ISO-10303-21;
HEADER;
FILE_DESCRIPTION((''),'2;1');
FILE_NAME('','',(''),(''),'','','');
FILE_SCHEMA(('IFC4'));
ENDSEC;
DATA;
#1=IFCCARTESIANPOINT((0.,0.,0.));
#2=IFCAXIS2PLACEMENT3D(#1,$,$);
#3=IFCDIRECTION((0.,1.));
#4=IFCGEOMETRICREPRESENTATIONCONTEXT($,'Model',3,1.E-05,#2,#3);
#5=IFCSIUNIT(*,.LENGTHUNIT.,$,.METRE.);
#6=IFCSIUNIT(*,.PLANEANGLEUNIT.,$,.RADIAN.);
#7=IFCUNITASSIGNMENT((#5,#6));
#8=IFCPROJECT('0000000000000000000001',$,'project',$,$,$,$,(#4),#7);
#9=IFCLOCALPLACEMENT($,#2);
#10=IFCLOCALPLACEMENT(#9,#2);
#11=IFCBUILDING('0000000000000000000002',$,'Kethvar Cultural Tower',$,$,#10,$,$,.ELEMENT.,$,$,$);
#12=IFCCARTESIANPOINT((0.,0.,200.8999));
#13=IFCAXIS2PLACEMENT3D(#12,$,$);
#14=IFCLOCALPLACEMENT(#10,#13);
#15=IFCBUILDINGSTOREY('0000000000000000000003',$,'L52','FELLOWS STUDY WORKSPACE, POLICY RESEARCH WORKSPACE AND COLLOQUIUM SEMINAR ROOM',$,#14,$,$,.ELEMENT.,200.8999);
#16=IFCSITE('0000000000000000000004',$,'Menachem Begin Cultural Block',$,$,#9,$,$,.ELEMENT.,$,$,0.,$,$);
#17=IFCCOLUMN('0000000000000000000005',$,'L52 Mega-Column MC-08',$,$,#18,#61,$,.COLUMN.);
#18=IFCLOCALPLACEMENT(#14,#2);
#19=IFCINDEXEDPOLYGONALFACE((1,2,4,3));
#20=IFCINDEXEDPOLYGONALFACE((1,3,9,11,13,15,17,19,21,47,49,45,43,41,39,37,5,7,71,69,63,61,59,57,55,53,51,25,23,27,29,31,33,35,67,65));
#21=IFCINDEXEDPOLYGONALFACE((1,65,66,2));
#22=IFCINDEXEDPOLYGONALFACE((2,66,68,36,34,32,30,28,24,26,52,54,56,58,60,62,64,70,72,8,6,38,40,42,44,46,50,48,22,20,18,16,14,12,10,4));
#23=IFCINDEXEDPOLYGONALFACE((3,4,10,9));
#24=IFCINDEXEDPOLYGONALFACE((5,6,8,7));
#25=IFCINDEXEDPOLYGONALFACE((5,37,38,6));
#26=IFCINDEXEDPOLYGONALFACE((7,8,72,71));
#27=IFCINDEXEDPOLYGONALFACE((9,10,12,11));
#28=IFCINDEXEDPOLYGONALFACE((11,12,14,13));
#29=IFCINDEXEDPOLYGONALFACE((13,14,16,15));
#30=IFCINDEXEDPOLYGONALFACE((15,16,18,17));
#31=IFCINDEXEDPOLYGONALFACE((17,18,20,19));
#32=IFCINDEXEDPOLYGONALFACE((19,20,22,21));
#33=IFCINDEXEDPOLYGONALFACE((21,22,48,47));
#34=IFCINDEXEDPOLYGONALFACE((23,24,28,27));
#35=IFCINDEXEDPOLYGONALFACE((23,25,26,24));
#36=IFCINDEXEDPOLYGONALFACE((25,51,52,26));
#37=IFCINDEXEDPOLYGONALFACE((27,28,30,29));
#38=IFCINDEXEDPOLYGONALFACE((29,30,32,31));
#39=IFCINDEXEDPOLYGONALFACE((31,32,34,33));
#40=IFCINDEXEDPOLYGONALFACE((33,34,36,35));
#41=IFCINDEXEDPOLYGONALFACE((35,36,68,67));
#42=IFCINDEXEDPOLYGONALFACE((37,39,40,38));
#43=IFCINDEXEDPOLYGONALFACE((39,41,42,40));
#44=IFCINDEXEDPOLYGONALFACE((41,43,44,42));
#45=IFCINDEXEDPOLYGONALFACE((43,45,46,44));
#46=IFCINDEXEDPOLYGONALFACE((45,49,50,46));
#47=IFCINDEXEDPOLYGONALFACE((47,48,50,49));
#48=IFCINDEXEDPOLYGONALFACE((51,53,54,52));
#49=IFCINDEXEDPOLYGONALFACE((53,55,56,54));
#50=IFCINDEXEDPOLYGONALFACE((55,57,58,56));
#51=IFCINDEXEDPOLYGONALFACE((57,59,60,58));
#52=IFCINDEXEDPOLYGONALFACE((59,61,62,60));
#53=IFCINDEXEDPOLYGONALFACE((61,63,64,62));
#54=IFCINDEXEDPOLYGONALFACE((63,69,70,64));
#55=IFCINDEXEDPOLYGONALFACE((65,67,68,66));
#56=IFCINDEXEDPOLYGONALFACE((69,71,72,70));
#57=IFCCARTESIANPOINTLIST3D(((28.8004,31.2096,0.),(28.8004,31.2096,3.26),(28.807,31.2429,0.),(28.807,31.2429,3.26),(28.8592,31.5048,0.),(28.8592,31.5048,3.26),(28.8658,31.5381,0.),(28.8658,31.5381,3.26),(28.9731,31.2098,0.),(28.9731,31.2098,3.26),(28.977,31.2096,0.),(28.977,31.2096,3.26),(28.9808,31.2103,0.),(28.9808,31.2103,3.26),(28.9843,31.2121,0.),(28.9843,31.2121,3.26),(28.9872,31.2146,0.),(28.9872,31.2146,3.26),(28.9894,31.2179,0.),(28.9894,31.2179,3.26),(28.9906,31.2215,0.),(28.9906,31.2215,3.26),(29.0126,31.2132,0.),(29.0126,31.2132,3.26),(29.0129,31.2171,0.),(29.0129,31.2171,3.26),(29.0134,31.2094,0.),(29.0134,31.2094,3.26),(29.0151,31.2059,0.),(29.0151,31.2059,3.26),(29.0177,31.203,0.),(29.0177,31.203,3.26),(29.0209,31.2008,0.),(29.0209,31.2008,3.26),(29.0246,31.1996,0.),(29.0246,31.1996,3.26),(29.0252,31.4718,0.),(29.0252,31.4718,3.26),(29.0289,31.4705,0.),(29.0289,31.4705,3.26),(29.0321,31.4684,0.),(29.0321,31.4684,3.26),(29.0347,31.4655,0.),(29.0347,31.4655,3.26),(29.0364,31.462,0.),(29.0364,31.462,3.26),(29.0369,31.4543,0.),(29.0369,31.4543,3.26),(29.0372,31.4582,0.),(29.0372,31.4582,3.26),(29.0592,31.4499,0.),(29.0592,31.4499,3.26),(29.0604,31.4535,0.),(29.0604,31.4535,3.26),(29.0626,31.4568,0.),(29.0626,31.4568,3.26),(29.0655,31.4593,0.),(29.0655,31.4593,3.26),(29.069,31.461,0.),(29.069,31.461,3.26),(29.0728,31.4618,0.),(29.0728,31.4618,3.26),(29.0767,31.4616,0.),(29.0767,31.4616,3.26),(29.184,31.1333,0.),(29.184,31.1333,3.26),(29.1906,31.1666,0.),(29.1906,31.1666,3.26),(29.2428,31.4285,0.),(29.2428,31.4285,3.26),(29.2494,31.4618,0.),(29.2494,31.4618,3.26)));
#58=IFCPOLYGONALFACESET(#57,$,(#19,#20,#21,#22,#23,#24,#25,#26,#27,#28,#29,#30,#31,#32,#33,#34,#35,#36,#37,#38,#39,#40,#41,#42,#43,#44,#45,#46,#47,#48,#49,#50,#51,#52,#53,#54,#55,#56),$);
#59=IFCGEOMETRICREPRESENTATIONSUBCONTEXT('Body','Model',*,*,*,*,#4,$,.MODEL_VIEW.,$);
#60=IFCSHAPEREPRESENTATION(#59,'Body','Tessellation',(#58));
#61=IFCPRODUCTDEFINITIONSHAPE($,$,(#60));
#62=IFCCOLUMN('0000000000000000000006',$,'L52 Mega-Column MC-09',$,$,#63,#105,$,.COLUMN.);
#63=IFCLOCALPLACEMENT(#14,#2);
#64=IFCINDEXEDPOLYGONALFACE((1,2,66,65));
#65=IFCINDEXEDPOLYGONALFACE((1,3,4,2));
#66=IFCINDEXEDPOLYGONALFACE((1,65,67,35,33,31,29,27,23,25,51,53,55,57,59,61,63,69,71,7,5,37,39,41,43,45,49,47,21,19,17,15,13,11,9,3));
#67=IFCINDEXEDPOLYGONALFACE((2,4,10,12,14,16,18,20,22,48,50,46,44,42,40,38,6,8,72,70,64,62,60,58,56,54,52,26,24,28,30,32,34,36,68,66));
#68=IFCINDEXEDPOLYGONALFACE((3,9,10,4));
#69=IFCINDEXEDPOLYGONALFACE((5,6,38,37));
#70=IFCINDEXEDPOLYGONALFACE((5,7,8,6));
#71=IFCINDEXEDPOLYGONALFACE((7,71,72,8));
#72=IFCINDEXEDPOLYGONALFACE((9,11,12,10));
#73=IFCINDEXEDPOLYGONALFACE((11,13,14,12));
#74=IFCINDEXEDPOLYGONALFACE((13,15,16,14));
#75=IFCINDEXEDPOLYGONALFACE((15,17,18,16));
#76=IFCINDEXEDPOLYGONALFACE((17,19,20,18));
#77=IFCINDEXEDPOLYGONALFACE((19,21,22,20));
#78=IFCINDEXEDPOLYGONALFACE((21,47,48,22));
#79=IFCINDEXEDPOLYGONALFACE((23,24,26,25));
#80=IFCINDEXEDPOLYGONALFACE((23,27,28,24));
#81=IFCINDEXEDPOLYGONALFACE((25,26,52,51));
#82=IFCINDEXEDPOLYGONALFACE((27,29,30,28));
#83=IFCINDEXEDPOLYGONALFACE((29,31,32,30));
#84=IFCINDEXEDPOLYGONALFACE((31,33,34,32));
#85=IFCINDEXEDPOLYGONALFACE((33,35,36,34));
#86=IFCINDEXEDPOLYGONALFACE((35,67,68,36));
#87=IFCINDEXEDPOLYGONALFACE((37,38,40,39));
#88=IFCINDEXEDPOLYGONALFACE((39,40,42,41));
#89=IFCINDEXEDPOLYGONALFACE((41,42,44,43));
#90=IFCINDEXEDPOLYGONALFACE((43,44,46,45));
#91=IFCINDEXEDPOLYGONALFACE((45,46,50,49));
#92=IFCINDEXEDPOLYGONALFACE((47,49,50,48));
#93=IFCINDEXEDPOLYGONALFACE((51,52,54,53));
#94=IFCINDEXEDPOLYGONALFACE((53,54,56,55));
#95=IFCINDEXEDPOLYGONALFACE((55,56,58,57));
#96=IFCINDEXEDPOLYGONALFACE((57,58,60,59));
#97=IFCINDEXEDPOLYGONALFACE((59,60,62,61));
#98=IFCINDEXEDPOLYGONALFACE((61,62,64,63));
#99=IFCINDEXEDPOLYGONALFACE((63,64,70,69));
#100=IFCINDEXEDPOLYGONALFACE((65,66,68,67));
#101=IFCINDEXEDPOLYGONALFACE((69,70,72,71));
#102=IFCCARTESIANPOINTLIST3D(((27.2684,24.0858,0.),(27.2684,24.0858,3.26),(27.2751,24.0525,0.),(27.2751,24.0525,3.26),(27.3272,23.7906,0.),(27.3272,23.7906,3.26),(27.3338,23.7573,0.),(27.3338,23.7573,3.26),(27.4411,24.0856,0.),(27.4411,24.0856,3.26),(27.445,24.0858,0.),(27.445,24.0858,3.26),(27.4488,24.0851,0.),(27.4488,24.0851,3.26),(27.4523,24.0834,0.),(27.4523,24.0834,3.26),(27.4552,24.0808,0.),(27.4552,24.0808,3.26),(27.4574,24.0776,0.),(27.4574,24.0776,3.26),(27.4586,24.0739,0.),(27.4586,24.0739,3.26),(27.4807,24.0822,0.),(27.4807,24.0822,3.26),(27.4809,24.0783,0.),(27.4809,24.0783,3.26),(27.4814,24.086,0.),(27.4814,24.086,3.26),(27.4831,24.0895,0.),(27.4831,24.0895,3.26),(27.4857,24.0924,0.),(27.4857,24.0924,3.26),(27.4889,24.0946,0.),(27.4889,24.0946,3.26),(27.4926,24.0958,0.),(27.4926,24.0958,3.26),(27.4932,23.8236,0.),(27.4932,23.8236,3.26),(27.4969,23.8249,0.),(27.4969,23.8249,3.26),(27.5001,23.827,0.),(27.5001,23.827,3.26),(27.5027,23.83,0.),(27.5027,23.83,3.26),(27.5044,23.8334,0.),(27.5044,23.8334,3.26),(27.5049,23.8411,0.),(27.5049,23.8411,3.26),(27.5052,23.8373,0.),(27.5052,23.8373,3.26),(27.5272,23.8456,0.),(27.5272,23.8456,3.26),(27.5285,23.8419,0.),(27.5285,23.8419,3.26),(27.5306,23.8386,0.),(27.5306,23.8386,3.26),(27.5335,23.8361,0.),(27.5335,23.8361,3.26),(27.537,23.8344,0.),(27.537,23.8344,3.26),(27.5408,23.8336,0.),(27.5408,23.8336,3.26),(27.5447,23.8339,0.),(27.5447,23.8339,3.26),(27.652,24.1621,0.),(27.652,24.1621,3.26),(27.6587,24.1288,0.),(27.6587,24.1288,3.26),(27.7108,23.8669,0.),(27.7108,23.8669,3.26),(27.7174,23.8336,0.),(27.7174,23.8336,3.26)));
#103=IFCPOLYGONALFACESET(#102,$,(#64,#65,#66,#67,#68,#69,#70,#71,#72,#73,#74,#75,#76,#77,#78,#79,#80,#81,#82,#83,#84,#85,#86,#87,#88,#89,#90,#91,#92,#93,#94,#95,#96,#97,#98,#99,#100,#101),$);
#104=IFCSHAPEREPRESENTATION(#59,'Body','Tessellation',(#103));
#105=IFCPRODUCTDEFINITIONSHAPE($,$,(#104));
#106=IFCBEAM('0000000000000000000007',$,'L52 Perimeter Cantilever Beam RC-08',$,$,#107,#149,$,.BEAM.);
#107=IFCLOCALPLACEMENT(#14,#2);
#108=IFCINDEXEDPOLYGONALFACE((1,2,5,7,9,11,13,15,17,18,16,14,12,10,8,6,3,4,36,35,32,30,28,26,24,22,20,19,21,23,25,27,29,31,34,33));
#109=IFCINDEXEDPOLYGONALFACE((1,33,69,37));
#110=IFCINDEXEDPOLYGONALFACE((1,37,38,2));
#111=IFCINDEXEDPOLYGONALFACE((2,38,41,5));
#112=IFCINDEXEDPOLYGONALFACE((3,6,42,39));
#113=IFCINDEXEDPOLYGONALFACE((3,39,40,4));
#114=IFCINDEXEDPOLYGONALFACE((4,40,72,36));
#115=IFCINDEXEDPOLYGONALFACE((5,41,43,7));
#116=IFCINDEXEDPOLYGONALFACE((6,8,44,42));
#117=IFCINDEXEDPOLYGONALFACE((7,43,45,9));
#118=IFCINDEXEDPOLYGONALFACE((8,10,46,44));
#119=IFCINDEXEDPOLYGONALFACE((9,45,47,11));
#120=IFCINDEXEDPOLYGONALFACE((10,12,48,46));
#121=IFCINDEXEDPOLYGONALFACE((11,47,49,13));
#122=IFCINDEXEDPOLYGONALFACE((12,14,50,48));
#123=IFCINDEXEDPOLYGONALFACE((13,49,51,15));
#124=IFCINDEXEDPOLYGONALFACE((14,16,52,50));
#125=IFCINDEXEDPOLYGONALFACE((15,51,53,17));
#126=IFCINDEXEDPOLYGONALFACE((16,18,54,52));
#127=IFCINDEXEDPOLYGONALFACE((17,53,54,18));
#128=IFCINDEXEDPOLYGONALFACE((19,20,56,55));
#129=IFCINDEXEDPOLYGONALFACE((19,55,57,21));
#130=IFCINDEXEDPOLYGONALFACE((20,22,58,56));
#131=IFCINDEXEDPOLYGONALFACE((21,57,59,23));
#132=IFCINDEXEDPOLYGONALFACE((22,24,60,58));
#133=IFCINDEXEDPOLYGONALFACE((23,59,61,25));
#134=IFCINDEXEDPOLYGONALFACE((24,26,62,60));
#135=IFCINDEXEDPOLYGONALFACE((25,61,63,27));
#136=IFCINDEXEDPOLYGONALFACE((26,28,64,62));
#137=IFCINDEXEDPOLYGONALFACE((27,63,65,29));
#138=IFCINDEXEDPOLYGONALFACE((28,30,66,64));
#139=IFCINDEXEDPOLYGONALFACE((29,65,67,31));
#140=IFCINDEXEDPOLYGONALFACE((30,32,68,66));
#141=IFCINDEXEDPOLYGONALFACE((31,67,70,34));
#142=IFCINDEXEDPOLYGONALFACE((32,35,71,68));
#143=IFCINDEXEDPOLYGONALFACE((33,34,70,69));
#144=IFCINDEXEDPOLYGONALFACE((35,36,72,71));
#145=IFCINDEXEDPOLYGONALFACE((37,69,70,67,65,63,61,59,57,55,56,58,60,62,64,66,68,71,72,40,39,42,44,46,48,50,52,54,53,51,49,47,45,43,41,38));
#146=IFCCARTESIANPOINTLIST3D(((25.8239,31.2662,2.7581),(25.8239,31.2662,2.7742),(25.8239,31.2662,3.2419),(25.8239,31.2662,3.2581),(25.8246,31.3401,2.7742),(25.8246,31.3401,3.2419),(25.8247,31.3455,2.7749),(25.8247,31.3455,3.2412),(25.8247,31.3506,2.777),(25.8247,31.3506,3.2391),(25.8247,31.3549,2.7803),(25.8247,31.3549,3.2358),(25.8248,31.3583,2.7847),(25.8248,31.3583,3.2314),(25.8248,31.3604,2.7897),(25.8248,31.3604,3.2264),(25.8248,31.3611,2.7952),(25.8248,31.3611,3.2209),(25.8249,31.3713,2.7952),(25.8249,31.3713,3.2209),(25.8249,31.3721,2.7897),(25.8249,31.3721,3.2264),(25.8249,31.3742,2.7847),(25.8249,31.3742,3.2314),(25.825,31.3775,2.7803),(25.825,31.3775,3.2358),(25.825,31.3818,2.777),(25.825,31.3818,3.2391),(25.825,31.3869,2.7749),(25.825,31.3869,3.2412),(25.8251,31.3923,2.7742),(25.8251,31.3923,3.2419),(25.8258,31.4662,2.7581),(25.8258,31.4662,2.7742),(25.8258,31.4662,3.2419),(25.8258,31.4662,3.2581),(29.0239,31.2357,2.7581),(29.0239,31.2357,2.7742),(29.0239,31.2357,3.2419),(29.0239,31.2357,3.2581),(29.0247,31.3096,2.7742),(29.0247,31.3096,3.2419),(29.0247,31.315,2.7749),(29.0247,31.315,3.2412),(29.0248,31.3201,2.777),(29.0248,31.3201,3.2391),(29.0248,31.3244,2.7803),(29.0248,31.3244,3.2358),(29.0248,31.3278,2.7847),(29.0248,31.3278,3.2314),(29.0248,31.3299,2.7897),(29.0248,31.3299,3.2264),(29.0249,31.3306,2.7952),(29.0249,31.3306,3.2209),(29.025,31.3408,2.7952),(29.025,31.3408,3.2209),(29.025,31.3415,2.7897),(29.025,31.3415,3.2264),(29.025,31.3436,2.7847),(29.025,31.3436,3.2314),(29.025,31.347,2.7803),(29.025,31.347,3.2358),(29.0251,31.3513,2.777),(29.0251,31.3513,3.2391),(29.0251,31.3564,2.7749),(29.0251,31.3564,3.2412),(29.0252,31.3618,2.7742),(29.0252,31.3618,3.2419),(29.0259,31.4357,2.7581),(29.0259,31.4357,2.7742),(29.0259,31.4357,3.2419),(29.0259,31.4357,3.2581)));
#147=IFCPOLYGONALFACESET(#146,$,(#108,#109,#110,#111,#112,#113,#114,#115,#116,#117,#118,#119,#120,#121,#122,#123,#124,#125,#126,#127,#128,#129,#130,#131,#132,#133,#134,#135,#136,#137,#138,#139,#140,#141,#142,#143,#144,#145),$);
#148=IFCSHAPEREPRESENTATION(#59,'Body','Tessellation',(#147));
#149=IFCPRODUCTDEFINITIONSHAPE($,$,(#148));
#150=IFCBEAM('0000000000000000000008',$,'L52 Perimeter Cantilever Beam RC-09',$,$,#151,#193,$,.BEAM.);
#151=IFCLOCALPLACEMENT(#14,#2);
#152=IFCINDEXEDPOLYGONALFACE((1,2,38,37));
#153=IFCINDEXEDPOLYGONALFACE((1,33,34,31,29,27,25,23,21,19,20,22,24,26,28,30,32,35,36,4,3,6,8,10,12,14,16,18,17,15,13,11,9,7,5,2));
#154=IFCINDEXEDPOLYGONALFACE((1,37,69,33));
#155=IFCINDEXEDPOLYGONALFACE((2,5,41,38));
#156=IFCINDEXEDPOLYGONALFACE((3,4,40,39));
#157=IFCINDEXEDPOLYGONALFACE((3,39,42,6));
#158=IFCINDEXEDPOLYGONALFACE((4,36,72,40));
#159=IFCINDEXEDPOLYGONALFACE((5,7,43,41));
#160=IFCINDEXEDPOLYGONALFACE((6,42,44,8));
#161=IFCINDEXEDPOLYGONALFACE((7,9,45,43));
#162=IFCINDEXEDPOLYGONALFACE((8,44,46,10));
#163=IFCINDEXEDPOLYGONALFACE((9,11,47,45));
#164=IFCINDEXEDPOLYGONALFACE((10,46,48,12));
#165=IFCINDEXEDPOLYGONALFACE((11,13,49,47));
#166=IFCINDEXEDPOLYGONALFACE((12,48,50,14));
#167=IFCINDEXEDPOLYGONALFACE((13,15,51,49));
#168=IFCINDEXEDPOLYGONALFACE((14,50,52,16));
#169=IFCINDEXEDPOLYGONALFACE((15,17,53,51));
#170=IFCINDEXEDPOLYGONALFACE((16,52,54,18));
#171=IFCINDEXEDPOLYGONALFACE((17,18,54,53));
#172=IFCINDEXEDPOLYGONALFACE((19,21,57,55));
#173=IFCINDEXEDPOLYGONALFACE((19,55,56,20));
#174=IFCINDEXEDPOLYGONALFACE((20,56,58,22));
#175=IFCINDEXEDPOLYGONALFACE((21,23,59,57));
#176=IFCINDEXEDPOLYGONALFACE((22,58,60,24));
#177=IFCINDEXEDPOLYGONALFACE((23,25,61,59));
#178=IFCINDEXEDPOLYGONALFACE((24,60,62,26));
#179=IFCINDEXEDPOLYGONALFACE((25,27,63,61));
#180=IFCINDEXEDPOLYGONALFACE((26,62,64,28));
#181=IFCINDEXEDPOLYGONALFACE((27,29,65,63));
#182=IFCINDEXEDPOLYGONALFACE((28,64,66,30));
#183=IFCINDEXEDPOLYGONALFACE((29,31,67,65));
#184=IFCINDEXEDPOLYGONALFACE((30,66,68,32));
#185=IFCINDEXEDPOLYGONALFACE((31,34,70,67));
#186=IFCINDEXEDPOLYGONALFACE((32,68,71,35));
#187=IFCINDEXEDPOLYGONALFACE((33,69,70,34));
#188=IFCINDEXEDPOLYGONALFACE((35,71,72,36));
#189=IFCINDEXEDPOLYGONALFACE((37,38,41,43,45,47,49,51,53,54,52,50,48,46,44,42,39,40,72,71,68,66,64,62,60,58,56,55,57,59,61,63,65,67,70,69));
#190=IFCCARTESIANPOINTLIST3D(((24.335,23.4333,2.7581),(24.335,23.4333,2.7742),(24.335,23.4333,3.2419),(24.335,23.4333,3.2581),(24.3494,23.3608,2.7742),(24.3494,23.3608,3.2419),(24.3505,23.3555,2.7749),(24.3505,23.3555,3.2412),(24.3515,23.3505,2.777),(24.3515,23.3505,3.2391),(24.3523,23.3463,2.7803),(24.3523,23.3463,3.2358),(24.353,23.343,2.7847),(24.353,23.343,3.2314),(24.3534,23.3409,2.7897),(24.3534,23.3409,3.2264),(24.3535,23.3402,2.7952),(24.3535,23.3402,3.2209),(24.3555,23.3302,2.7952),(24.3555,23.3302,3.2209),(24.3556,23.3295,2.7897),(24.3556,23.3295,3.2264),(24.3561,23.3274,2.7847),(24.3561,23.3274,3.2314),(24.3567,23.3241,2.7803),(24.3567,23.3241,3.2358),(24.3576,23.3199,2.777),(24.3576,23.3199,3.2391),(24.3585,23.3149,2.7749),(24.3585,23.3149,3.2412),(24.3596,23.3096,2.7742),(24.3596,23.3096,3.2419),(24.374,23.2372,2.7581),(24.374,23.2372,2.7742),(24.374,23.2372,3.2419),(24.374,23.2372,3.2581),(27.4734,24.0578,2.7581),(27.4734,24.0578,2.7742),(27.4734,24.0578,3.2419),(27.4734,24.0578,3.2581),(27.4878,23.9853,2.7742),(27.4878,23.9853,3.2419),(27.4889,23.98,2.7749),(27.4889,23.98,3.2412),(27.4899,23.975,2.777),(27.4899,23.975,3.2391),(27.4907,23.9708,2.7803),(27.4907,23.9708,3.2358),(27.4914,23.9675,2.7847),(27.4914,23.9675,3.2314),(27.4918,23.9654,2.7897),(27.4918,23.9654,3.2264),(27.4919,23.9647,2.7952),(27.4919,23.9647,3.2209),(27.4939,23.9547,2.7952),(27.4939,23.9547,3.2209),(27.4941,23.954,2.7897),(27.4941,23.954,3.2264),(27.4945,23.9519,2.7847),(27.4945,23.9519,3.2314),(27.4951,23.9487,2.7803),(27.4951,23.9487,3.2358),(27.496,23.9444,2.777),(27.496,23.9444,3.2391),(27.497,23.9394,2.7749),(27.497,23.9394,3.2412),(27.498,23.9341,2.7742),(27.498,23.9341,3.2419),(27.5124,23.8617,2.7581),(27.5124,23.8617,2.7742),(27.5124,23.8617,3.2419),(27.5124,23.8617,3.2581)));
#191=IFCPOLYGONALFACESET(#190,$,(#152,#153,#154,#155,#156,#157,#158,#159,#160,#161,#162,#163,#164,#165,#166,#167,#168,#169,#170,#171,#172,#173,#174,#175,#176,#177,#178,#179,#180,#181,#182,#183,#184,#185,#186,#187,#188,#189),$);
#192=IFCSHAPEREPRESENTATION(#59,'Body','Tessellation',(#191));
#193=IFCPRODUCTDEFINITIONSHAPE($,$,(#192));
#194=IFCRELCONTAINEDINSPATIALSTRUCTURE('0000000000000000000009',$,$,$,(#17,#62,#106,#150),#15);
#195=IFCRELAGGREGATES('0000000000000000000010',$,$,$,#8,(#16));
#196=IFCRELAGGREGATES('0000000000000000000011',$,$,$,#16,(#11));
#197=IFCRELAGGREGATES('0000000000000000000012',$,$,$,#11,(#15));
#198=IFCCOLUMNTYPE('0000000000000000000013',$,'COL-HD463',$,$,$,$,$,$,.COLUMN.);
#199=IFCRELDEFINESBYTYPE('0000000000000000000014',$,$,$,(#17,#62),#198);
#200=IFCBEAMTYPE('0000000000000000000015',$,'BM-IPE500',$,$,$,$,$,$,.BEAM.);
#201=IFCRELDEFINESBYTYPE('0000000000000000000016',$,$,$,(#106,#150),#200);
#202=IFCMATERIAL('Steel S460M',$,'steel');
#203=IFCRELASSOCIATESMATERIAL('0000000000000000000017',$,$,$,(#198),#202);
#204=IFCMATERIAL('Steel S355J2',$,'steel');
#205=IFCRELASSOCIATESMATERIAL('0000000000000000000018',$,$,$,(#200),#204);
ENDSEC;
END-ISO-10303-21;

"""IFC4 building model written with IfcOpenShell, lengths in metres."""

from ifc_helpers import new_model, si_unit, direction, frame, origin, origin_2d, place, context, subcontext, project, spatial, i_section, extrude, source, transform, mapped, material, material_profile, profile_set, type_object, element, save


model = new_model("IFC4")

# Units and contexts
model_context = context("Model", 3, precision=1e-05, world=origin(), true_north=direction((0.0, 1.0)))
body_context = subcontext(model_context, "Body", "Model", "MODEL_VIEW")
ifc_project = project(units=[si_unit("LENGTHUNIT", "METRE"), si_unit("PLANEANGLEUNIT", "RADIAN")], contexts=[model_context])

# Site, building, storey
site_placement = place(None, origin())
site = spatial("IfcSite", under=ifc_project, at=site_placement, Name="Menachem Begin Cultural Block", CompositionType="ELEMENT", RefElevation=0.0)
building_placement = place(site_placement, origin())
building = spatial("IfcBuilding", under=site, at=building_placement, Name="Kethvar Cultural Tower", CompositionType="ELEMENT")
storey_placement = place(building_placement, frame((0.0, 0.0, 200.8999)))
storey = spatial("IfcBuildingStorey", under=building, at=storey_placement, Name="L52", Description="FELLOWS STUDY WORKSPACE, POLICY RESEARCH WORKSPACE AND COLLOQUIUM SEMINAR ROOM", CompositionType="ELEMENT", Elevation=200.8999)

# Columns
ifc_material_1 = material(Name="Steel S460M", Category="steel")
ifc_material_profile_1 = material_profile(ifc_material_1, i_section(OverallWidth=0.3911, OverallDepth=0.335, WebThickness=0.0227, FlangeThickness=0.0339, FilletRadius=0.0149, at=origin_2d()), Name="Steel S460M — HD400x463")
ifc_profile_set_1 = profile_set([ifc_material_profile_1], Name="Steel S460M — HD400x463")
column_type = type_object("IfcColumnType", Name="COL-HD463", PredefinedType="COLUMN", material=ifc_profile_set_1)
shared_shape_1 = source(origin(), body_context, "Body", "SweptSolid", [
    extrude(i_section(OverallWidth=0.3911, OverallDepth=0.335, WebThickness=0.0227, FlangeThickness=0.0339, FilletRadius=0.0149, at=origin_2d()), origin(), (0.0, 0.0, 1.0), 3.26),
])
for number, where, z_axis, x_axis, name in (
    (1, (29.0249, 31.3357, 0.0), (0.0, 0.0, 1.0), (-0.980785, 0.19509, 0.0), "L52 Mega-Column MC-08"),
    (2, (27.4929, 23.9597, 0.0), (0.0, 0.0, 1.0), (-0.980785, -0.19509, 0.0), "L52 Mega-Column MC-09"),
):
    element("IfcColumn", number, at=place(storey_placement, frame(where, z_axis=z_axis, x_axis=x_axis)), inside=storey, type_object=column_type, Name=name, PredefinedType="COLUMN", context=body_context, shape_type="MappedRepresentation", body=[
        mapped(shared_shape_1, transform((0.0, 0.0, 0.0), scale=1.0)),
    ])

# Beams
ifc_material_2 = material(Name="Steel S355J2", Category="steel")
ifc_material_profile_2 = material_profile(ifc_material_2, i_section(OverallWidth=0.2, OverallDepth=0.5, WebThickness=0.0103, FlangeThickness=0.0161, FilletRadius=0.021, at=origin_2d()), Name="Steel S355J2 — IPE500")
ifc_profile_set_2 = profile_set([ifc_material_profile_2], Name="Steel S355J2 — IPE500")
beam_type_1 = type_object("IfcBeamType", Name="BM-IPE500", PredefinedType="BEAM", material=ifc_profile_set_2)
shared_shape_2 = source(origin(), body_context, "Body", "SweptSolid", [
    extrude(i_section(OverallWidth=0.2, OverallDepth=0.5, WebThickness=0.0103, FlangeThickness=0.0161, FilletRadius=0.021, at=origin_2d()), origin(), (0.0, 0.0, 1.0), 3.2002),
])
beam_1_placement = place(storey_placement, frame((29.0249, 31.3357, 3.0081), z_axis=(-0.999955, 0.009536, 0.0), x_axis=(-0.009536, -0.999955, 0.0)))
element("IfcBeam", 3, at=beam_1_placement, inside=storey, type_object=beam_type_1, Name="L52 Perimeter Cantilever Beam RC-08", PredefinedType="BEAM", context=body_context, shape_type="MappedRepresentation", body=[
    mapped(shared_shape_2, transform((0.0, 0.0, 0.0), scale=1.0)),
])
shared_shape_3 = source(origin(), body_context, "Body", "SweptSolid", [
    extrude(i_section(OverallWidth=0.2, OverallDepth=0.5, WebThickness=0.0103, FlangeThickness=0.0161, FilletRadius=0.021, at=origin_2d()), origin(), (0.0, 0.0, 1.0), 3.2),
])
beam_2_placement = place(storey_placement, frame((27.4929, 23.9597, 3.0081), z_axis=(-0.980771, -0.195162, 0.0), x_axis=(0.195162, -0.980771, 0.0)))
element("IfcBeam", 4, at=beam_2_placement, inside=storey, type_object=beam_type_1, Name="L52 Perimeter Cantilever Beam RC-09", PredefinedType="BEAM", context=body_context, shape_type="MappedRepresentation", body=[
    mapped(shared_shape_3, transform((0.0, 0.0, 0.0), scale=1.0)),
])

save(model, "model.ifc")
